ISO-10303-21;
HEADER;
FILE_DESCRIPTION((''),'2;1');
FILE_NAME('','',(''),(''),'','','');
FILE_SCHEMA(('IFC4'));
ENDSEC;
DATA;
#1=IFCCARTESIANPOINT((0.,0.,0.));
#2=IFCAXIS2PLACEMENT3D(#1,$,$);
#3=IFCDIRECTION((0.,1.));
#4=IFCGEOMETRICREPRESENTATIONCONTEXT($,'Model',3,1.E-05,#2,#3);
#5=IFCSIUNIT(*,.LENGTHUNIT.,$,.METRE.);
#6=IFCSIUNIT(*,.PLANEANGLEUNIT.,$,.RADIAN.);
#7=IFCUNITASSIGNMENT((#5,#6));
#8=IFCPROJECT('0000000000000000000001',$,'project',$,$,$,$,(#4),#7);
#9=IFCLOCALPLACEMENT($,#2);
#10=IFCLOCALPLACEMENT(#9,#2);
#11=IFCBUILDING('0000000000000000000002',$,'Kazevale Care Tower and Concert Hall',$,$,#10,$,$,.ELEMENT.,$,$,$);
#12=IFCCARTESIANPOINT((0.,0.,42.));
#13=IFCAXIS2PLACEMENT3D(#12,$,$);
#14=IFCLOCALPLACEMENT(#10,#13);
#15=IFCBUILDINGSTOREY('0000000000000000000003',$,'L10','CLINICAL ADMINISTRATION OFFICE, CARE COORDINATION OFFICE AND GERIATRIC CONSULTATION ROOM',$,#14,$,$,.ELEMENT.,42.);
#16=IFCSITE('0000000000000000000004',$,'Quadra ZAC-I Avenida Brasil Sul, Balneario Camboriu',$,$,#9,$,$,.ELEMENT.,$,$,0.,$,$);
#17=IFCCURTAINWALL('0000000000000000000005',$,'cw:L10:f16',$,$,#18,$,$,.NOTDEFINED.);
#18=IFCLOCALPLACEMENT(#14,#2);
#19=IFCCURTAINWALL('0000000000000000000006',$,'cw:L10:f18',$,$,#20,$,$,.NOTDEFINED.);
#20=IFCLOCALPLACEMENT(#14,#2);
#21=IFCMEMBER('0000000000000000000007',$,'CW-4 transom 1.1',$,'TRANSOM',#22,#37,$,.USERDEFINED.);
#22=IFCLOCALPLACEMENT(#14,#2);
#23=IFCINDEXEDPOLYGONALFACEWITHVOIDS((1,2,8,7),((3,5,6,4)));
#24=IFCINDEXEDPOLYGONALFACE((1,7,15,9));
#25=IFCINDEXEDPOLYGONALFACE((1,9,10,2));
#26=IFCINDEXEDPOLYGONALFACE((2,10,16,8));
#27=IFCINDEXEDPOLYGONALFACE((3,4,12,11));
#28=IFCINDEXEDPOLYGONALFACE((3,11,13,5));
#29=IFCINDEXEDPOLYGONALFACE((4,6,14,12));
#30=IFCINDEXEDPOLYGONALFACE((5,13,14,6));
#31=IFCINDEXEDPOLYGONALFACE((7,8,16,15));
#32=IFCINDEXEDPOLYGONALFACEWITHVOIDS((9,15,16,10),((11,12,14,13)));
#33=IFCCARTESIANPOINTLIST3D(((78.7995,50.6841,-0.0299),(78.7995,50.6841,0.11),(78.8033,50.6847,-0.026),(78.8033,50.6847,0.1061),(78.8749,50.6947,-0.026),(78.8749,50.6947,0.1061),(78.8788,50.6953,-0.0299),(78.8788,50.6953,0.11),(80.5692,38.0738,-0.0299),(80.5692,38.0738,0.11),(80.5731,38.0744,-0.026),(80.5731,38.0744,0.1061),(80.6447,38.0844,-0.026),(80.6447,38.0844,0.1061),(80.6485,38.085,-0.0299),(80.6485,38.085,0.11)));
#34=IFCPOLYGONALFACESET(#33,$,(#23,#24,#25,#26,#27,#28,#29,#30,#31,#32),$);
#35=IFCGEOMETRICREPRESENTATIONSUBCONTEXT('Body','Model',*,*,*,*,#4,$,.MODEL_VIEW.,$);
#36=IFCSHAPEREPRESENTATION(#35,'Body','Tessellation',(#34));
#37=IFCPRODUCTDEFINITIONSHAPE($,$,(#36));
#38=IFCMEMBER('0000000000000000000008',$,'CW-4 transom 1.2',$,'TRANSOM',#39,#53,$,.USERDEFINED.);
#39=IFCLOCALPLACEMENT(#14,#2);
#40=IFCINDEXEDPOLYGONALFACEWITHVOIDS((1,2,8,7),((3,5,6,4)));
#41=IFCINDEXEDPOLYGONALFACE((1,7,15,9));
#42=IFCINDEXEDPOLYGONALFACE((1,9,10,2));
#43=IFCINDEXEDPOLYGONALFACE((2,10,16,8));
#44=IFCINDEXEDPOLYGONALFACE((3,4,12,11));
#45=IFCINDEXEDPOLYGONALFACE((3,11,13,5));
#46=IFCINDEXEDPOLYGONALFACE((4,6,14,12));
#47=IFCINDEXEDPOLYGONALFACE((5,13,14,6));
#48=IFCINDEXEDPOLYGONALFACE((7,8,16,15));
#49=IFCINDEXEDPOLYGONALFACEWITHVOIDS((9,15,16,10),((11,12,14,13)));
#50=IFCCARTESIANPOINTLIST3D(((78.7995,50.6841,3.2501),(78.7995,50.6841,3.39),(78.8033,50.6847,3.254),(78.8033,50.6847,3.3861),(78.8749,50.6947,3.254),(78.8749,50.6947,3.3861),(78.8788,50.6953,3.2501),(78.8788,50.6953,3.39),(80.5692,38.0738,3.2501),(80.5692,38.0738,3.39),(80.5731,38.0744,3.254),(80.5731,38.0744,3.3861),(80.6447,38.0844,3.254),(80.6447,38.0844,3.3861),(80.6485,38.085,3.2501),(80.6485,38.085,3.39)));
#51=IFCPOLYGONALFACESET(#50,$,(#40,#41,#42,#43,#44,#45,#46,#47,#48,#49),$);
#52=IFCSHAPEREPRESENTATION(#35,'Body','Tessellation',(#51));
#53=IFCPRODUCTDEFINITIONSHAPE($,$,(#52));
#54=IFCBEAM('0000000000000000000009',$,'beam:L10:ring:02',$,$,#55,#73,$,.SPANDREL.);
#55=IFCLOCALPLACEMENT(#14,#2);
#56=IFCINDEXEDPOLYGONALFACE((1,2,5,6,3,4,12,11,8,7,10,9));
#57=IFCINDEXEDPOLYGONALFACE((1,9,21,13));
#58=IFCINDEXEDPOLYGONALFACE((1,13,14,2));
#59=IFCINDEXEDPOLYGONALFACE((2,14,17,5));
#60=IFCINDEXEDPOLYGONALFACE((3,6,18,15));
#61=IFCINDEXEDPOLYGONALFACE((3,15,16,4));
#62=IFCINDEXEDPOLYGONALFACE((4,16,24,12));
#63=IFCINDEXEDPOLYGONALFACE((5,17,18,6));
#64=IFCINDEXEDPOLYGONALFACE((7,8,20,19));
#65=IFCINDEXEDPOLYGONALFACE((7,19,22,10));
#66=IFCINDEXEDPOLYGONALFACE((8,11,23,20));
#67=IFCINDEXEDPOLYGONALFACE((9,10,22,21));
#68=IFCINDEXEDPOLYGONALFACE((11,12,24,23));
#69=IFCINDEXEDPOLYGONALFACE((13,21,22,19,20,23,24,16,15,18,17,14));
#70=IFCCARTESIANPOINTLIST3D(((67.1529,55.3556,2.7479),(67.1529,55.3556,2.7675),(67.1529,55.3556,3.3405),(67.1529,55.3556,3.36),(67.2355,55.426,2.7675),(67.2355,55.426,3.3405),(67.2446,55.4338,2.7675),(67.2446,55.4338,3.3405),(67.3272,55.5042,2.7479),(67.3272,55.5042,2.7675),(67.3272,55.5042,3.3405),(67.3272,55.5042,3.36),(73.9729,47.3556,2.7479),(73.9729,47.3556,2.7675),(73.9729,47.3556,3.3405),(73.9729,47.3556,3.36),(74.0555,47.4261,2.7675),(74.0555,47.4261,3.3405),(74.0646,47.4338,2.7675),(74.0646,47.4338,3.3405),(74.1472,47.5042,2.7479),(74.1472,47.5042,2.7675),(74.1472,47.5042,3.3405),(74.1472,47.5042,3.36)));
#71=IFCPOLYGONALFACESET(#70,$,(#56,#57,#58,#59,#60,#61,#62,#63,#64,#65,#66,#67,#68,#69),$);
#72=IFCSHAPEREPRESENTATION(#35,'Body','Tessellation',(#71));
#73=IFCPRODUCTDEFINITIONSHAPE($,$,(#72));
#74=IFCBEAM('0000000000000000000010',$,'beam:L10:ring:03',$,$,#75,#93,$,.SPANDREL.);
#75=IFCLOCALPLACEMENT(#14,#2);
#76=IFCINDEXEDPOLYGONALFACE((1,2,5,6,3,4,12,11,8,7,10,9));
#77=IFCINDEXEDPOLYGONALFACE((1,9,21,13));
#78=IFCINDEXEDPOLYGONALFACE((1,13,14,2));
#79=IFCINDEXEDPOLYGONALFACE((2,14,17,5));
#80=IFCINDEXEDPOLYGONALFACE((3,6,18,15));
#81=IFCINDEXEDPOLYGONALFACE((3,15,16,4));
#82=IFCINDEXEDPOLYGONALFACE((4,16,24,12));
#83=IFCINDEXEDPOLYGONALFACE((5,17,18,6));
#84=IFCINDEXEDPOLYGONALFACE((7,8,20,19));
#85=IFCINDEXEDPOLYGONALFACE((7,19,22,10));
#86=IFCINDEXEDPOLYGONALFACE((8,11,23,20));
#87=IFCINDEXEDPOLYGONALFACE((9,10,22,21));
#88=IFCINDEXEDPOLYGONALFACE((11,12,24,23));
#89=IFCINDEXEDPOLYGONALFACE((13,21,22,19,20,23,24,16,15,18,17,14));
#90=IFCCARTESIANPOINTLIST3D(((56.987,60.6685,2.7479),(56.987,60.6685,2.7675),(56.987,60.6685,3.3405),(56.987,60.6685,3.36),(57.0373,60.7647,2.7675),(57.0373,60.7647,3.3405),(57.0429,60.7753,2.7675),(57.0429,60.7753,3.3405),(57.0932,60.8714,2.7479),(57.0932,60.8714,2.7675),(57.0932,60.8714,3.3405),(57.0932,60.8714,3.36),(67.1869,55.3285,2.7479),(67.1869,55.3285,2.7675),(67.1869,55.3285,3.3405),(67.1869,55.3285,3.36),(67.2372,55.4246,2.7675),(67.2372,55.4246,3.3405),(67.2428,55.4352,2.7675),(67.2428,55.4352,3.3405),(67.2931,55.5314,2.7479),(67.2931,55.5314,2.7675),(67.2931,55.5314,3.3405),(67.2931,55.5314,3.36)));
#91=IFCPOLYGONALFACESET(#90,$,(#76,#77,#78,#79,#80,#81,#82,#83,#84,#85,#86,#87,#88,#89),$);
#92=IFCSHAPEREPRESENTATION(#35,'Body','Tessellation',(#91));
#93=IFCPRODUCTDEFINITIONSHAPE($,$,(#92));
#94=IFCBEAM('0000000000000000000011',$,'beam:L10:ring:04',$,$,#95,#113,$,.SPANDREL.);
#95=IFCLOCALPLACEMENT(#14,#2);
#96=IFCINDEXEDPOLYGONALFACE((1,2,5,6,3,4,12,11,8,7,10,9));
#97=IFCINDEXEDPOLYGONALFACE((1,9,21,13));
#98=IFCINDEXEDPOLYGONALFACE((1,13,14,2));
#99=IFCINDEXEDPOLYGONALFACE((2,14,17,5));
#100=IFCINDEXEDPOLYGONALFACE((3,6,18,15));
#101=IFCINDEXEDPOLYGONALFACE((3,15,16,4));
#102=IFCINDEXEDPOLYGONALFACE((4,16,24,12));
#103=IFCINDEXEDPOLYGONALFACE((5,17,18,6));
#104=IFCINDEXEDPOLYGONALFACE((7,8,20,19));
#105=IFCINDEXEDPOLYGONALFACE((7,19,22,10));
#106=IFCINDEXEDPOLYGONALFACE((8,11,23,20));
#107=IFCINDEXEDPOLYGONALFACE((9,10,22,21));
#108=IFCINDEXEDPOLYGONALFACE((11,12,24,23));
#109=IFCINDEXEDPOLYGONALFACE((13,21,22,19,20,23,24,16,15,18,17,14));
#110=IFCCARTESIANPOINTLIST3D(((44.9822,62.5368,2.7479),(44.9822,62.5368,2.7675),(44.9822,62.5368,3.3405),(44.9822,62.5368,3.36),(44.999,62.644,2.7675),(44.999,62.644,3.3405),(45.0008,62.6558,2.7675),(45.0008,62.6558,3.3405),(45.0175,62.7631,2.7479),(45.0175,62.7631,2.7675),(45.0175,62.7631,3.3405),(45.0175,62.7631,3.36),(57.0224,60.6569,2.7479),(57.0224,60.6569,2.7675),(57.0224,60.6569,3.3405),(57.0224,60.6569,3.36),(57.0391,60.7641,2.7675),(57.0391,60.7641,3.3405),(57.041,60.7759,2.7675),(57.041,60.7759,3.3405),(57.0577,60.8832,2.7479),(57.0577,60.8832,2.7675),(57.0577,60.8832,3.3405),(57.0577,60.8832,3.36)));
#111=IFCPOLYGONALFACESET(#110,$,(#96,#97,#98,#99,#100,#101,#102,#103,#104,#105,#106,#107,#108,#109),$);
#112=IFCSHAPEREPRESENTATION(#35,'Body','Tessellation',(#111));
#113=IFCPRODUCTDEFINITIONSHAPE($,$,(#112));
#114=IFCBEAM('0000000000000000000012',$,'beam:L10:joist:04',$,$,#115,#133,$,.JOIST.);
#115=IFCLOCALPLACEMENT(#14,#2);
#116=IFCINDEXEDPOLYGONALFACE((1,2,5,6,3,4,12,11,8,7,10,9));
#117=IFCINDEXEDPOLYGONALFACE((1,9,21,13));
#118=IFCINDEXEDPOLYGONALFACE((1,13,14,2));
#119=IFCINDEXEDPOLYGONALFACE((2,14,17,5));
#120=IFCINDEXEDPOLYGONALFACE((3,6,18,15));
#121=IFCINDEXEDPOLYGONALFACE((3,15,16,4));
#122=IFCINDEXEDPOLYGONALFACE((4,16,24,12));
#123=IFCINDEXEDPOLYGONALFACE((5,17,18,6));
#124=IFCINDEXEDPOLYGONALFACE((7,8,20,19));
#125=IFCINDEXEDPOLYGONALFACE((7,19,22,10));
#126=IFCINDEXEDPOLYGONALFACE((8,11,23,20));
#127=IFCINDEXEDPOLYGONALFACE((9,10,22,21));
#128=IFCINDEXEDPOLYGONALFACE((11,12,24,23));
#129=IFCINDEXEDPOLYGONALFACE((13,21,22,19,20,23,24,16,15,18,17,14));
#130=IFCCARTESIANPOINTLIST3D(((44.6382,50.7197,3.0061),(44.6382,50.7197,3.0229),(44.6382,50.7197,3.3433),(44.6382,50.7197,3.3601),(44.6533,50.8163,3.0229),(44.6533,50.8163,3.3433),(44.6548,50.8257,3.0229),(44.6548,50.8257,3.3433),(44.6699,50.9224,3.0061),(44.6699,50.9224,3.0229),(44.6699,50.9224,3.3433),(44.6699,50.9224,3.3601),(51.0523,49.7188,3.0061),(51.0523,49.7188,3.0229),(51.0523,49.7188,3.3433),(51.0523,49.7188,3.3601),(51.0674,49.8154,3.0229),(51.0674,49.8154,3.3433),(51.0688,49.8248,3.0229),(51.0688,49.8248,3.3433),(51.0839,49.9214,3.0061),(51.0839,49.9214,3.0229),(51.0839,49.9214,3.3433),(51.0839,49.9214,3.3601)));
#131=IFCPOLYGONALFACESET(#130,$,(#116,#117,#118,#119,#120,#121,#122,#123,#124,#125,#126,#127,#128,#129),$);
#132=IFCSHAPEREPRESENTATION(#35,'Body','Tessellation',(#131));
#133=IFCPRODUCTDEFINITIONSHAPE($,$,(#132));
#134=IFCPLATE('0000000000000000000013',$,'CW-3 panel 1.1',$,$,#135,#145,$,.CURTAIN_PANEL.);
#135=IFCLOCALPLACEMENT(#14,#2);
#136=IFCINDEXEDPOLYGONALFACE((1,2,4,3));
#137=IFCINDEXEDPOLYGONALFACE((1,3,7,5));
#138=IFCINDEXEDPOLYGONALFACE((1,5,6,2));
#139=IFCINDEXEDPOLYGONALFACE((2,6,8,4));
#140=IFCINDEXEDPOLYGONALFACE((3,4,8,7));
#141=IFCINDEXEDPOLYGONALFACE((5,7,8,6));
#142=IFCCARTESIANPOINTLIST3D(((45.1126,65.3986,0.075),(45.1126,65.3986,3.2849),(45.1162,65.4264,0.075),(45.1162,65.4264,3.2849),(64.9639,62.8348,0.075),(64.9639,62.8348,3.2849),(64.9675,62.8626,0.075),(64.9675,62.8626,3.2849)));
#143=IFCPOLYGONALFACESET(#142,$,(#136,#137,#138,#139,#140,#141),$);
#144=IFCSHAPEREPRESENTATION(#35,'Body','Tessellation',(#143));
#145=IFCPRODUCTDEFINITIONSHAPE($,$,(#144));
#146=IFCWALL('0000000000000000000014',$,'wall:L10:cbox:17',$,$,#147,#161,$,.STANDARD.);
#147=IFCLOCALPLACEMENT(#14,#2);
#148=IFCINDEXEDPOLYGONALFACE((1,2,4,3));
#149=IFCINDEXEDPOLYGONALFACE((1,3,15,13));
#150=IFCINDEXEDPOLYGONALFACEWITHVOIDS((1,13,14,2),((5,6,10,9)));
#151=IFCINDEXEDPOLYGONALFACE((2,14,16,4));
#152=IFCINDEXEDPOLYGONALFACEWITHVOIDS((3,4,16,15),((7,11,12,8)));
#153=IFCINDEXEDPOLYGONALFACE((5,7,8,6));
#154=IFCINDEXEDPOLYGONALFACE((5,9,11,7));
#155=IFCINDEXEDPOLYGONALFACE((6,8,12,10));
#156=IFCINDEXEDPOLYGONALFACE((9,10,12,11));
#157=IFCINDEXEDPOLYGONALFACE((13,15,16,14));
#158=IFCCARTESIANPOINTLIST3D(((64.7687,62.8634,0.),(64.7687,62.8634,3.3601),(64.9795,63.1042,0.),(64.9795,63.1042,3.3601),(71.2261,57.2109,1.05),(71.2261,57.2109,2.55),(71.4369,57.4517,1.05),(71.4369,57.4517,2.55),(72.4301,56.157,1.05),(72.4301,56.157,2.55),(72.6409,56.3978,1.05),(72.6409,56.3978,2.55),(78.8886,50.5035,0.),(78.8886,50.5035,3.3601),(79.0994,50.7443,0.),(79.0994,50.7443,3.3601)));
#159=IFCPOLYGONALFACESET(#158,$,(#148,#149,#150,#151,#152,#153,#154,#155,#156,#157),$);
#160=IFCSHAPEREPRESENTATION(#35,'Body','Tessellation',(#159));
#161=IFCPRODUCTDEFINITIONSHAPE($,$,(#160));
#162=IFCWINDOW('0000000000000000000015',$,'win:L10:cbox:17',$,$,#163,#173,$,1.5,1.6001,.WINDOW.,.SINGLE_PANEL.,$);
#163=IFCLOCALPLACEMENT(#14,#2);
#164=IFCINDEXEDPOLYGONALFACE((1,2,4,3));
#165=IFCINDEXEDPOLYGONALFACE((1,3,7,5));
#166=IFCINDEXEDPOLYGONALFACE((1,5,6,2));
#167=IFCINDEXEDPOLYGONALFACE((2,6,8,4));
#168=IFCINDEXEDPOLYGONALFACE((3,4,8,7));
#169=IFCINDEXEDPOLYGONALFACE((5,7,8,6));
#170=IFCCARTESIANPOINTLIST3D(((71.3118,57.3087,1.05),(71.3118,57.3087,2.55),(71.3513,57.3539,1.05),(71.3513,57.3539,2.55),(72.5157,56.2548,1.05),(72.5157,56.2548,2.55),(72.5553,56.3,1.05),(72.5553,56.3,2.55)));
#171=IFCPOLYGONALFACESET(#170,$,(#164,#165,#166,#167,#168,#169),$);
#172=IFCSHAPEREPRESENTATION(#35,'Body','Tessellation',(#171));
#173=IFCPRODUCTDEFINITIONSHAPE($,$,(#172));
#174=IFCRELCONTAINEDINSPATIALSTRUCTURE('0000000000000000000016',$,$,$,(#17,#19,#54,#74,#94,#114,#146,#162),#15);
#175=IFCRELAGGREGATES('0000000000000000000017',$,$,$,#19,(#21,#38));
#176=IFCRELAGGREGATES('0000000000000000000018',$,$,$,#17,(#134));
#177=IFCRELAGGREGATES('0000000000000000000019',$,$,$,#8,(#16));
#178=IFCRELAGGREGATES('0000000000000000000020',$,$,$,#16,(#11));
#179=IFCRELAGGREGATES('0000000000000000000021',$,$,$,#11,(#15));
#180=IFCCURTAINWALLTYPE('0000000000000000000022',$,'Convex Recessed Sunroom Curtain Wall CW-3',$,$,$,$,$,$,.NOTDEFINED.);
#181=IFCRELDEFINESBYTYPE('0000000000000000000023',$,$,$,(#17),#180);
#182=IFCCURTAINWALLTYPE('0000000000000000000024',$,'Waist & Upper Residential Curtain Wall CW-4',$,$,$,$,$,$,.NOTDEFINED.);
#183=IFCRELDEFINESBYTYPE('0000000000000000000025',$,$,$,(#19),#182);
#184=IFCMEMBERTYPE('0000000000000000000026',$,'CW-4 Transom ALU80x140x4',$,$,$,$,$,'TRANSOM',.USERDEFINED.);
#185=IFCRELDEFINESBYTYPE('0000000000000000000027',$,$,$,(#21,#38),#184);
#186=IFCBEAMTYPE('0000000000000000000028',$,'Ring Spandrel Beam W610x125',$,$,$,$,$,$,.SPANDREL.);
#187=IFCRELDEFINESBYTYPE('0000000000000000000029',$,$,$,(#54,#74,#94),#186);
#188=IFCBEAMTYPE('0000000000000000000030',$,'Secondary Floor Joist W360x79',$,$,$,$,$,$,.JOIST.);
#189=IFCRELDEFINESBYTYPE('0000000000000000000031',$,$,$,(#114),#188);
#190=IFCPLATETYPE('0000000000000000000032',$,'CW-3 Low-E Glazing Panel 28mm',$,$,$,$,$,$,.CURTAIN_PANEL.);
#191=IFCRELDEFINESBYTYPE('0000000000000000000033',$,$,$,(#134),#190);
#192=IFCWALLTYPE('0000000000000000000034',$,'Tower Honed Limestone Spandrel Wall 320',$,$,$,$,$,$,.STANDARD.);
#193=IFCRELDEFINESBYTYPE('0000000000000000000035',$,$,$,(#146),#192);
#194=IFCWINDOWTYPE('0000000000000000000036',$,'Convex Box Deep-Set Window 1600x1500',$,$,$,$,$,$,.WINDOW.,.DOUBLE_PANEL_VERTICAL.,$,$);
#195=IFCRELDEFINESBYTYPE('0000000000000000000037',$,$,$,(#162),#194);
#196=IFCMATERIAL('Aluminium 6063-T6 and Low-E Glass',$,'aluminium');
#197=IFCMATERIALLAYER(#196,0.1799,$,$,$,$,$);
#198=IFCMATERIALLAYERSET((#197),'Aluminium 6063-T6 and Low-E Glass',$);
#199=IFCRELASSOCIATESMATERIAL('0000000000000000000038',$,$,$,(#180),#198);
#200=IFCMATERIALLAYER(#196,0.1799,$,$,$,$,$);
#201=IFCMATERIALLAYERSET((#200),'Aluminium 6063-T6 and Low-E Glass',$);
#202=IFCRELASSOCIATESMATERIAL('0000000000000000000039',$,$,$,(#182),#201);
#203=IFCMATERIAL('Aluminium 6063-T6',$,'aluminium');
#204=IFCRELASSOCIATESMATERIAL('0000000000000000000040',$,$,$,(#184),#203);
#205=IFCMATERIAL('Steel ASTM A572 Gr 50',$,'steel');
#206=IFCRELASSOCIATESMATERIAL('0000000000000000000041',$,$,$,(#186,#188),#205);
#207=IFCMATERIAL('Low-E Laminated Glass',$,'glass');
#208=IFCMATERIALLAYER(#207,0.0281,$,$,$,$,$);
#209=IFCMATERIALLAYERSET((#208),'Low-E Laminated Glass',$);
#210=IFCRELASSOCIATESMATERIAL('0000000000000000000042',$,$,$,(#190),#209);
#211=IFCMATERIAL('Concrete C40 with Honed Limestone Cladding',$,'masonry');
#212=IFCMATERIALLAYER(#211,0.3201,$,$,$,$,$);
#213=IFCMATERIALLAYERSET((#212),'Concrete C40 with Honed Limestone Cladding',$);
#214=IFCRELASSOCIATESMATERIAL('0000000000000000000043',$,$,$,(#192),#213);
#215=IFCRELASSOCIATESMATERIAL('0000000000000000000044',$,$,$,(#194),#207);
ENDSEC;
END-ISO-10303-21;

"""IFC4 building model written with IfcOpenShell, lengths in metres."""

from ifc_helpers import new_model, si_unit, direction, frame, frame_2d, origin, origin_2d, place, context, subcontext, project, spatial, rectangle, hollow_rectangle, i_section, extrude, material, layer, layer_set, material_profile, profile_set, type_object, element, fill, aggregate, save


model = new_model("IFC4")

# Units and contexts
model_context = context("Model", 3, precision=1e-05, world=origin(), true_north=direction((0.0, 1.0)))
body_context = subcontext(model_context, "Body", "Model", "MODEL_VIEW")
ifc_project = project(units=[si_unit("LENGTHUNIT", "METRE"), si_unit("PLANEANGLEUNIT", "RADIAN")], contexts=[model_context])

# Site, building, storey
site_placement = place(None, origin())
site = spatial("IfcSite", under=ifc_project, at=site_placement, Name="Quadra ZAC-I Avenida Brasil Sul, Balneario Camboriu", CompositionType="ELEMENT", RefElevation=0.0)
building_placement = place(site_placement, origin())
building = spatial("IfcBuilding", under=site, at=building_placement, Name="Kazevale Care Tower and Concert Hall", CompositionType="ELEMENT")
storey_placement = place(building_placement, frame((0.0, 0.0, 42.0)))
storey = spatial("IfcBuildingStorey", under=building, at=storey_placement, Name="L10", Description="CLINICAL ADMINISTRATION OFFICE, CARE COORDINATION OFFICE AND GERIATRIC CONSULTATION ROOM", CompositionType="ELEMENT", Elevation=42.0)

# Curtain wall
ifc_material_1 = material(Name="Aluminium 6063-T6 and Low-E Glass", Category="aluminium")
ifc_layer_1 = layer(ifc_material_1, 0.1799)
ifc_layer_set_1 = layer_set([ifc_layer_1], Name="Aluminium 6063-T6 and Low-E Glass")
curtain_wall_type_1 = type_object("IfcCurtainWallType", Name="Convex Recessed Sunroom Curtain Wall CW-3", PredefinedType="NOTDEFINED", material=ifc_layer_set_1)
curtain_wall_1_placement = place(storey_placement, origin())
curtain_wall_1 = element("IfcCurtainWall", 1, at=curtain_wall_1_placement, inside=storey, type_object=curtain_wall_type_1, Name="cw:L10:f16", PredefinedType="NOTDEFINED")
ifc_material_2 = material(Name="Aluminium 6063-T6", Category="aluminium")

# Curtain wall, members
ifc_layer_2 = layer(ifc_material_1, 0.1799)
ifc_layer_set_2 = layer_set([ifc_layer_2], Name="Aluminium 6063-T6 and Low-E Glass")
curtain_wall_type_2 = type_object("IfcCurtainWallType", Name="Waist & Upper Residential Curtain Wall CW-4", PredefinedType="NOTDEFINED", material=ifc_layer_set_2)
curtain_wall_2_placement = place(storey_placement, origin())
curtain_wall_2 = element("IfcCurtainWall", 2, at=curtain_wall_2_placement, inside=storey, type_object=curtain_wall_type_2, Name="cw:L10:f18", PredefinedType="NOTDEFINED")
ifc_material_profile_1 = material_profile(ifc_material_2, hollow_rectangle(XDim=0.0801, YDim=0.1399, WallThickness=0.0039, at=origin_2d()), Name="ALU80x140x4")
ifc_profile_set_1 = profile_set([ifc_material_profile_1], Name="Aluminium 6063-T6")
member_type_1 = type_object("IfcMemberType", Name="CW-4 Transom ALU80x140x4", ElementType="TRANSOM", PredefinedType="USERDEFINED", material=ifc_profile_set_1)
member_1_placement = place(storey_placement, frame((78.8391, 50.6897, 0.04), z_axis=(0.138981, -0.990295, 0.0), x_axis=(0.990295, 0.138981, 0.0)))
member_1 = element("IfcMember", 3, at=member_1_placement, type_object=member_type_1, Name="CW-4 transom 1.1", ObjectType="TRANSOM", PredefinedType="USERDEFINED", context=body_context, shape_type="SweptSolid", body=[
    extrude(hollow_rectangle(XDim=0.0801, YDim=0.1399, WallThickness=0.0039, at=origin_2d()), origin(), (0.0, 0.0, 1.0), 12.7339),
])
member_2_placement = place(storey_placement, frame((78.8391, 50.6897, 3.3201), z_axis=(0.138981, -0.990295, 0.0), x_axis=(0.990295, 0.138981, 0.0)))
member_2 = element("IfcMember", 4, at=member_2_placement, type_object=member_type_1, Name="CW-4 transom 1.2", ObjectType="TRANSOM", PredefinedType="USERDEFINED", context=body_context, shape_type="SweptSolid", body=[
    extrude(hollow_rectangle(XDim=0.0801, YDim=0.1399, WallThickness=0.0039, at=origin_2d()), origin(), (0.0, 0.0, 1.0), 12.7339),
])
aggregate(curtain_wall_2, [member_1, member_2])

# Beams
ifc_material_3 = material(Name="Steel ASTM A572 Gr 50", Category="steel")
ifc_material_profile_2 = material_profile(ifc_material_3, i_section(OverallWidth=0.229, OverallDepth=0.6121, WebThickness=0.012, FlangeThickness=0.0195, at=origin_2d()), Name="W610x125")
ifc_profile_set_2 = profile_set([ifc_material_profile_2], Name="Steel ASTM A572 Gr 50")
beam_type_1 = type_object("IfcBeamType", Name="Ring Spandrel Beam W610x125", PredefinedType="SPANDREL", material=ifc_profile_set_2)
beam_1_placement = place(storey_placement, frame((74.0601, 47.4299, 3.054), z_axis=(-0.648756, 0.760996, 0.0), x_axis=(-0.760996, -0.648756, 0.0)))
element("IfcBeam", 5, at=beam_1_placement, inside=storey, type_object=beam_type_1, Name="beam:L10:ring:02", PredefinedType="SPANDREL", context=body_context, shape_type="SweptSolid", body=[
    extrude(i_section(OverallWidth=0.229, OverallDepth=0.6121, WebThickness=0.012, FlangeThickness=0.0195, at=origin_2d()), origin(), (0.0, 0.0, 1.0), 10.5125),
])
beam_2_placement = place(storey_placement, frame((67.24, 55.4299, 3.054), z_axis=(-0.885929, 0.46382, 0.0), x_axis=(-0.46382, -0.885929, 0.0)))
element("IfcBeam", 6, at=beam_2_placement, inside=storey, type_object=beam_type_1, Name="beam:L10:ring:03", PredefinedType="SPANDREL", context=body_context, shape_type="SweptSolid", body=[
    extrude(i_section(OverallWidth=0.229, OverallDepth=0.6121, WebThickness=0.012, FlangeThickness=0.0195, at=origin_2d()), origin(), (0.0, 0.0, 1.0), 11.5132),
])
beam_3_placement = place(storey_placement, frame((57.04, 60.77, 3.054), z_axis=(-0.988029, 0.154267, 0.0), x_axis=(-0.154267, -0.988029, 0.0)))
element("IfcBeam", 7, at=beam_3_placement, inside=storey, type_object=beam_type_1, Name="beam:L10:ring:04", PredefinedType="SPANDREL", context=body_context, shape_type="SweptSolid", body=[
    extrude(i_section(OverallWidth=0.229, OverallDepth=0.6121, WebThickness=0.012, FlangeThickness=0.0195, at=origin_2d()), origin(), (0.0, 0.0, 1.0), 12.186),
])
ifc_material_profile_3 = material_profile(ifc_material_3, i_section(OverallWidth=0.2051, OverallDepth=0.354, WebThickness=0.0095, FlangeThickness=0.0168, at=origin_2d()), Name="W360x79")
ifc_profile_set_3 = profile_set([ifc_material_profile_3], Name="Steel ASTM A572 Gr 50")
beam_type_2 = type_object("IfcBeamType", Name="Secondary Floor Joist W360x79", PredefinedType="JOIST", material=ifc_profile_set_3)
beam_4_placement = place(storey_placement, frame((51.0681, 49.8201, 3.1831), z_axis=(-0.988041, 0.154193, 0.0), x_axis=(-0.154193, -0.988041, 0.0)))
element("IfcBeam", 8, at=beam_4_placement, inside=storey, type_object=beam_type_2, Name="beam:L10:joist:04", PredefinedType="JOIST", context=body_context, shape_type="SweptSolid", body=[
    extrude(i_section(OverallWidth=0.2051, OverallDepth=0.354, WebThickness=0.0095, FlangeThickness=0.0168, at=origin_2d()), origin(), (0.0, 0.0, 1.0), 6.4917),
])

# Plate
ifc_material_4 = material(Name="Low-E Laminated Glass", Category="glass")
ifc_layer_3 = layer(ifc_material_4, 0.0281)
ifc_layer_set_3 = layer_set([ifc_layer_3], Name="Low-E Laminated Glass")
plate_type = type_object("IfcPlateType", Name="CW-3 Low-E Glazing Panel 28mm", PredefinedType="CURTAIN_PANEL", material=ifc_layer_set_3)
plate_placement = place(storey_placement, frame((55.04, 64.1306, 0.075), z_axis=(0.0, 0.0, 1.0), x_axis=(0.991763, -0.128086, 0.0)))
plate = element("IfcPlate", 9, at=plate_placement, type_object=plate_type, Name="CW-3 panel 1.1", PredefinedType="CURTAIN_PANEL", context=body_context, shape_type="SweptSolid", body=[
    extrude(rectangle(XDim=20.0161, YDim=0.0281, at=origin_2d()), origin(), (0.0, 0.0, 1.0), 3.21),
])
aggregate(curtain_wall_1, [plate])

# Wall, opening, window
ifc_material_5 = material(Name="Concrete C40 with Honed Limestone Cladding", Category="masonry")
ifc_layer_4 = layer(ifc_material_5, 0.3201)
ifc_layer_set_4 = layer_set([ifc_layer_4], Name="Concrete C40 with Honed Limestone Cladding")
wall_type = type_object("IfcWallType", Name="Tower Honed Limestone Spandrel Wall 320", PredefinedType="STANDARD", material=ifc_layer_set_4)
wall_placement = place(storey_placement, frame((64.874, 62.9839, 0.0), z_axis=(0.0, 0.0, 1.0), x_axis=(0.752445, -0.658655, 0.0)))
wall = element("IfcWall", 10, at=wall_placement, inside=storey, type_object=wall_type, Name="wall:L10:cbox:17", PredefinedType="STANDARD", context=body_context, shape_type="SweptSolid", body=[
    extrude(rectangle(XDim=18.7654, YDim=0.3201, at=frame_2d((9.3828, 0.0))), origin(), (0.0, 0.0, 1.0), 3.3601),
])
opening_placement = place(wall_placement, frame((8.582, 0.0, 1.05)))
opening = element("IfcOpeningElement", 11, at=opening_placement, cuts=wall, PredefinedType="OPENING", context=body_context, shape_type="SweptSolid", body=[
    extrude(rectangle(XDim=1.6001, YDim=1.5, at=frame_2d((0.8, 0.75))), frame((0.0, 0.1699, 0.0), z_axis=(0.0, -1.0, 0.0), x_axis=(1.0, 0.0, 0.0)), (0.0, 0.0, 1.0), 0.3401),
])
window_type = type_object("IfcWindowType", Name="Convex Box Deep-Set Window 1600x1500", PartitioningType="DOUBLE_PANEL_VERTICAL", PredefinedType="WINDOW", material=ifc_material_4)
window_placement = place(opening_placement, origin())
window = element("IfcWindow", 12, at=window_placement, inside=storey, type_object=window_type, Name="win:L10:cbox:17", OverallHeight=1.5, OverallWidth=1.6001, PartitioningType="SINGLE_PANEL", PredefinedType="WINDOW", context=body_context, shape_type="SweptSolid", body=[
    extrude(rectangle(XDim=1.6001, YDim=1.5, at=frame_2d((0.8, 0.75))), frame((0.0, 0.03, 0.0), z_axis=(0.0, -1.0, 0.0), x_axis=(1.0, 0.0, 0.0)), (0.0, 0.0, 1.0), 0.0601),
])
fill(opening, window)

save(model, "model.ifc")
